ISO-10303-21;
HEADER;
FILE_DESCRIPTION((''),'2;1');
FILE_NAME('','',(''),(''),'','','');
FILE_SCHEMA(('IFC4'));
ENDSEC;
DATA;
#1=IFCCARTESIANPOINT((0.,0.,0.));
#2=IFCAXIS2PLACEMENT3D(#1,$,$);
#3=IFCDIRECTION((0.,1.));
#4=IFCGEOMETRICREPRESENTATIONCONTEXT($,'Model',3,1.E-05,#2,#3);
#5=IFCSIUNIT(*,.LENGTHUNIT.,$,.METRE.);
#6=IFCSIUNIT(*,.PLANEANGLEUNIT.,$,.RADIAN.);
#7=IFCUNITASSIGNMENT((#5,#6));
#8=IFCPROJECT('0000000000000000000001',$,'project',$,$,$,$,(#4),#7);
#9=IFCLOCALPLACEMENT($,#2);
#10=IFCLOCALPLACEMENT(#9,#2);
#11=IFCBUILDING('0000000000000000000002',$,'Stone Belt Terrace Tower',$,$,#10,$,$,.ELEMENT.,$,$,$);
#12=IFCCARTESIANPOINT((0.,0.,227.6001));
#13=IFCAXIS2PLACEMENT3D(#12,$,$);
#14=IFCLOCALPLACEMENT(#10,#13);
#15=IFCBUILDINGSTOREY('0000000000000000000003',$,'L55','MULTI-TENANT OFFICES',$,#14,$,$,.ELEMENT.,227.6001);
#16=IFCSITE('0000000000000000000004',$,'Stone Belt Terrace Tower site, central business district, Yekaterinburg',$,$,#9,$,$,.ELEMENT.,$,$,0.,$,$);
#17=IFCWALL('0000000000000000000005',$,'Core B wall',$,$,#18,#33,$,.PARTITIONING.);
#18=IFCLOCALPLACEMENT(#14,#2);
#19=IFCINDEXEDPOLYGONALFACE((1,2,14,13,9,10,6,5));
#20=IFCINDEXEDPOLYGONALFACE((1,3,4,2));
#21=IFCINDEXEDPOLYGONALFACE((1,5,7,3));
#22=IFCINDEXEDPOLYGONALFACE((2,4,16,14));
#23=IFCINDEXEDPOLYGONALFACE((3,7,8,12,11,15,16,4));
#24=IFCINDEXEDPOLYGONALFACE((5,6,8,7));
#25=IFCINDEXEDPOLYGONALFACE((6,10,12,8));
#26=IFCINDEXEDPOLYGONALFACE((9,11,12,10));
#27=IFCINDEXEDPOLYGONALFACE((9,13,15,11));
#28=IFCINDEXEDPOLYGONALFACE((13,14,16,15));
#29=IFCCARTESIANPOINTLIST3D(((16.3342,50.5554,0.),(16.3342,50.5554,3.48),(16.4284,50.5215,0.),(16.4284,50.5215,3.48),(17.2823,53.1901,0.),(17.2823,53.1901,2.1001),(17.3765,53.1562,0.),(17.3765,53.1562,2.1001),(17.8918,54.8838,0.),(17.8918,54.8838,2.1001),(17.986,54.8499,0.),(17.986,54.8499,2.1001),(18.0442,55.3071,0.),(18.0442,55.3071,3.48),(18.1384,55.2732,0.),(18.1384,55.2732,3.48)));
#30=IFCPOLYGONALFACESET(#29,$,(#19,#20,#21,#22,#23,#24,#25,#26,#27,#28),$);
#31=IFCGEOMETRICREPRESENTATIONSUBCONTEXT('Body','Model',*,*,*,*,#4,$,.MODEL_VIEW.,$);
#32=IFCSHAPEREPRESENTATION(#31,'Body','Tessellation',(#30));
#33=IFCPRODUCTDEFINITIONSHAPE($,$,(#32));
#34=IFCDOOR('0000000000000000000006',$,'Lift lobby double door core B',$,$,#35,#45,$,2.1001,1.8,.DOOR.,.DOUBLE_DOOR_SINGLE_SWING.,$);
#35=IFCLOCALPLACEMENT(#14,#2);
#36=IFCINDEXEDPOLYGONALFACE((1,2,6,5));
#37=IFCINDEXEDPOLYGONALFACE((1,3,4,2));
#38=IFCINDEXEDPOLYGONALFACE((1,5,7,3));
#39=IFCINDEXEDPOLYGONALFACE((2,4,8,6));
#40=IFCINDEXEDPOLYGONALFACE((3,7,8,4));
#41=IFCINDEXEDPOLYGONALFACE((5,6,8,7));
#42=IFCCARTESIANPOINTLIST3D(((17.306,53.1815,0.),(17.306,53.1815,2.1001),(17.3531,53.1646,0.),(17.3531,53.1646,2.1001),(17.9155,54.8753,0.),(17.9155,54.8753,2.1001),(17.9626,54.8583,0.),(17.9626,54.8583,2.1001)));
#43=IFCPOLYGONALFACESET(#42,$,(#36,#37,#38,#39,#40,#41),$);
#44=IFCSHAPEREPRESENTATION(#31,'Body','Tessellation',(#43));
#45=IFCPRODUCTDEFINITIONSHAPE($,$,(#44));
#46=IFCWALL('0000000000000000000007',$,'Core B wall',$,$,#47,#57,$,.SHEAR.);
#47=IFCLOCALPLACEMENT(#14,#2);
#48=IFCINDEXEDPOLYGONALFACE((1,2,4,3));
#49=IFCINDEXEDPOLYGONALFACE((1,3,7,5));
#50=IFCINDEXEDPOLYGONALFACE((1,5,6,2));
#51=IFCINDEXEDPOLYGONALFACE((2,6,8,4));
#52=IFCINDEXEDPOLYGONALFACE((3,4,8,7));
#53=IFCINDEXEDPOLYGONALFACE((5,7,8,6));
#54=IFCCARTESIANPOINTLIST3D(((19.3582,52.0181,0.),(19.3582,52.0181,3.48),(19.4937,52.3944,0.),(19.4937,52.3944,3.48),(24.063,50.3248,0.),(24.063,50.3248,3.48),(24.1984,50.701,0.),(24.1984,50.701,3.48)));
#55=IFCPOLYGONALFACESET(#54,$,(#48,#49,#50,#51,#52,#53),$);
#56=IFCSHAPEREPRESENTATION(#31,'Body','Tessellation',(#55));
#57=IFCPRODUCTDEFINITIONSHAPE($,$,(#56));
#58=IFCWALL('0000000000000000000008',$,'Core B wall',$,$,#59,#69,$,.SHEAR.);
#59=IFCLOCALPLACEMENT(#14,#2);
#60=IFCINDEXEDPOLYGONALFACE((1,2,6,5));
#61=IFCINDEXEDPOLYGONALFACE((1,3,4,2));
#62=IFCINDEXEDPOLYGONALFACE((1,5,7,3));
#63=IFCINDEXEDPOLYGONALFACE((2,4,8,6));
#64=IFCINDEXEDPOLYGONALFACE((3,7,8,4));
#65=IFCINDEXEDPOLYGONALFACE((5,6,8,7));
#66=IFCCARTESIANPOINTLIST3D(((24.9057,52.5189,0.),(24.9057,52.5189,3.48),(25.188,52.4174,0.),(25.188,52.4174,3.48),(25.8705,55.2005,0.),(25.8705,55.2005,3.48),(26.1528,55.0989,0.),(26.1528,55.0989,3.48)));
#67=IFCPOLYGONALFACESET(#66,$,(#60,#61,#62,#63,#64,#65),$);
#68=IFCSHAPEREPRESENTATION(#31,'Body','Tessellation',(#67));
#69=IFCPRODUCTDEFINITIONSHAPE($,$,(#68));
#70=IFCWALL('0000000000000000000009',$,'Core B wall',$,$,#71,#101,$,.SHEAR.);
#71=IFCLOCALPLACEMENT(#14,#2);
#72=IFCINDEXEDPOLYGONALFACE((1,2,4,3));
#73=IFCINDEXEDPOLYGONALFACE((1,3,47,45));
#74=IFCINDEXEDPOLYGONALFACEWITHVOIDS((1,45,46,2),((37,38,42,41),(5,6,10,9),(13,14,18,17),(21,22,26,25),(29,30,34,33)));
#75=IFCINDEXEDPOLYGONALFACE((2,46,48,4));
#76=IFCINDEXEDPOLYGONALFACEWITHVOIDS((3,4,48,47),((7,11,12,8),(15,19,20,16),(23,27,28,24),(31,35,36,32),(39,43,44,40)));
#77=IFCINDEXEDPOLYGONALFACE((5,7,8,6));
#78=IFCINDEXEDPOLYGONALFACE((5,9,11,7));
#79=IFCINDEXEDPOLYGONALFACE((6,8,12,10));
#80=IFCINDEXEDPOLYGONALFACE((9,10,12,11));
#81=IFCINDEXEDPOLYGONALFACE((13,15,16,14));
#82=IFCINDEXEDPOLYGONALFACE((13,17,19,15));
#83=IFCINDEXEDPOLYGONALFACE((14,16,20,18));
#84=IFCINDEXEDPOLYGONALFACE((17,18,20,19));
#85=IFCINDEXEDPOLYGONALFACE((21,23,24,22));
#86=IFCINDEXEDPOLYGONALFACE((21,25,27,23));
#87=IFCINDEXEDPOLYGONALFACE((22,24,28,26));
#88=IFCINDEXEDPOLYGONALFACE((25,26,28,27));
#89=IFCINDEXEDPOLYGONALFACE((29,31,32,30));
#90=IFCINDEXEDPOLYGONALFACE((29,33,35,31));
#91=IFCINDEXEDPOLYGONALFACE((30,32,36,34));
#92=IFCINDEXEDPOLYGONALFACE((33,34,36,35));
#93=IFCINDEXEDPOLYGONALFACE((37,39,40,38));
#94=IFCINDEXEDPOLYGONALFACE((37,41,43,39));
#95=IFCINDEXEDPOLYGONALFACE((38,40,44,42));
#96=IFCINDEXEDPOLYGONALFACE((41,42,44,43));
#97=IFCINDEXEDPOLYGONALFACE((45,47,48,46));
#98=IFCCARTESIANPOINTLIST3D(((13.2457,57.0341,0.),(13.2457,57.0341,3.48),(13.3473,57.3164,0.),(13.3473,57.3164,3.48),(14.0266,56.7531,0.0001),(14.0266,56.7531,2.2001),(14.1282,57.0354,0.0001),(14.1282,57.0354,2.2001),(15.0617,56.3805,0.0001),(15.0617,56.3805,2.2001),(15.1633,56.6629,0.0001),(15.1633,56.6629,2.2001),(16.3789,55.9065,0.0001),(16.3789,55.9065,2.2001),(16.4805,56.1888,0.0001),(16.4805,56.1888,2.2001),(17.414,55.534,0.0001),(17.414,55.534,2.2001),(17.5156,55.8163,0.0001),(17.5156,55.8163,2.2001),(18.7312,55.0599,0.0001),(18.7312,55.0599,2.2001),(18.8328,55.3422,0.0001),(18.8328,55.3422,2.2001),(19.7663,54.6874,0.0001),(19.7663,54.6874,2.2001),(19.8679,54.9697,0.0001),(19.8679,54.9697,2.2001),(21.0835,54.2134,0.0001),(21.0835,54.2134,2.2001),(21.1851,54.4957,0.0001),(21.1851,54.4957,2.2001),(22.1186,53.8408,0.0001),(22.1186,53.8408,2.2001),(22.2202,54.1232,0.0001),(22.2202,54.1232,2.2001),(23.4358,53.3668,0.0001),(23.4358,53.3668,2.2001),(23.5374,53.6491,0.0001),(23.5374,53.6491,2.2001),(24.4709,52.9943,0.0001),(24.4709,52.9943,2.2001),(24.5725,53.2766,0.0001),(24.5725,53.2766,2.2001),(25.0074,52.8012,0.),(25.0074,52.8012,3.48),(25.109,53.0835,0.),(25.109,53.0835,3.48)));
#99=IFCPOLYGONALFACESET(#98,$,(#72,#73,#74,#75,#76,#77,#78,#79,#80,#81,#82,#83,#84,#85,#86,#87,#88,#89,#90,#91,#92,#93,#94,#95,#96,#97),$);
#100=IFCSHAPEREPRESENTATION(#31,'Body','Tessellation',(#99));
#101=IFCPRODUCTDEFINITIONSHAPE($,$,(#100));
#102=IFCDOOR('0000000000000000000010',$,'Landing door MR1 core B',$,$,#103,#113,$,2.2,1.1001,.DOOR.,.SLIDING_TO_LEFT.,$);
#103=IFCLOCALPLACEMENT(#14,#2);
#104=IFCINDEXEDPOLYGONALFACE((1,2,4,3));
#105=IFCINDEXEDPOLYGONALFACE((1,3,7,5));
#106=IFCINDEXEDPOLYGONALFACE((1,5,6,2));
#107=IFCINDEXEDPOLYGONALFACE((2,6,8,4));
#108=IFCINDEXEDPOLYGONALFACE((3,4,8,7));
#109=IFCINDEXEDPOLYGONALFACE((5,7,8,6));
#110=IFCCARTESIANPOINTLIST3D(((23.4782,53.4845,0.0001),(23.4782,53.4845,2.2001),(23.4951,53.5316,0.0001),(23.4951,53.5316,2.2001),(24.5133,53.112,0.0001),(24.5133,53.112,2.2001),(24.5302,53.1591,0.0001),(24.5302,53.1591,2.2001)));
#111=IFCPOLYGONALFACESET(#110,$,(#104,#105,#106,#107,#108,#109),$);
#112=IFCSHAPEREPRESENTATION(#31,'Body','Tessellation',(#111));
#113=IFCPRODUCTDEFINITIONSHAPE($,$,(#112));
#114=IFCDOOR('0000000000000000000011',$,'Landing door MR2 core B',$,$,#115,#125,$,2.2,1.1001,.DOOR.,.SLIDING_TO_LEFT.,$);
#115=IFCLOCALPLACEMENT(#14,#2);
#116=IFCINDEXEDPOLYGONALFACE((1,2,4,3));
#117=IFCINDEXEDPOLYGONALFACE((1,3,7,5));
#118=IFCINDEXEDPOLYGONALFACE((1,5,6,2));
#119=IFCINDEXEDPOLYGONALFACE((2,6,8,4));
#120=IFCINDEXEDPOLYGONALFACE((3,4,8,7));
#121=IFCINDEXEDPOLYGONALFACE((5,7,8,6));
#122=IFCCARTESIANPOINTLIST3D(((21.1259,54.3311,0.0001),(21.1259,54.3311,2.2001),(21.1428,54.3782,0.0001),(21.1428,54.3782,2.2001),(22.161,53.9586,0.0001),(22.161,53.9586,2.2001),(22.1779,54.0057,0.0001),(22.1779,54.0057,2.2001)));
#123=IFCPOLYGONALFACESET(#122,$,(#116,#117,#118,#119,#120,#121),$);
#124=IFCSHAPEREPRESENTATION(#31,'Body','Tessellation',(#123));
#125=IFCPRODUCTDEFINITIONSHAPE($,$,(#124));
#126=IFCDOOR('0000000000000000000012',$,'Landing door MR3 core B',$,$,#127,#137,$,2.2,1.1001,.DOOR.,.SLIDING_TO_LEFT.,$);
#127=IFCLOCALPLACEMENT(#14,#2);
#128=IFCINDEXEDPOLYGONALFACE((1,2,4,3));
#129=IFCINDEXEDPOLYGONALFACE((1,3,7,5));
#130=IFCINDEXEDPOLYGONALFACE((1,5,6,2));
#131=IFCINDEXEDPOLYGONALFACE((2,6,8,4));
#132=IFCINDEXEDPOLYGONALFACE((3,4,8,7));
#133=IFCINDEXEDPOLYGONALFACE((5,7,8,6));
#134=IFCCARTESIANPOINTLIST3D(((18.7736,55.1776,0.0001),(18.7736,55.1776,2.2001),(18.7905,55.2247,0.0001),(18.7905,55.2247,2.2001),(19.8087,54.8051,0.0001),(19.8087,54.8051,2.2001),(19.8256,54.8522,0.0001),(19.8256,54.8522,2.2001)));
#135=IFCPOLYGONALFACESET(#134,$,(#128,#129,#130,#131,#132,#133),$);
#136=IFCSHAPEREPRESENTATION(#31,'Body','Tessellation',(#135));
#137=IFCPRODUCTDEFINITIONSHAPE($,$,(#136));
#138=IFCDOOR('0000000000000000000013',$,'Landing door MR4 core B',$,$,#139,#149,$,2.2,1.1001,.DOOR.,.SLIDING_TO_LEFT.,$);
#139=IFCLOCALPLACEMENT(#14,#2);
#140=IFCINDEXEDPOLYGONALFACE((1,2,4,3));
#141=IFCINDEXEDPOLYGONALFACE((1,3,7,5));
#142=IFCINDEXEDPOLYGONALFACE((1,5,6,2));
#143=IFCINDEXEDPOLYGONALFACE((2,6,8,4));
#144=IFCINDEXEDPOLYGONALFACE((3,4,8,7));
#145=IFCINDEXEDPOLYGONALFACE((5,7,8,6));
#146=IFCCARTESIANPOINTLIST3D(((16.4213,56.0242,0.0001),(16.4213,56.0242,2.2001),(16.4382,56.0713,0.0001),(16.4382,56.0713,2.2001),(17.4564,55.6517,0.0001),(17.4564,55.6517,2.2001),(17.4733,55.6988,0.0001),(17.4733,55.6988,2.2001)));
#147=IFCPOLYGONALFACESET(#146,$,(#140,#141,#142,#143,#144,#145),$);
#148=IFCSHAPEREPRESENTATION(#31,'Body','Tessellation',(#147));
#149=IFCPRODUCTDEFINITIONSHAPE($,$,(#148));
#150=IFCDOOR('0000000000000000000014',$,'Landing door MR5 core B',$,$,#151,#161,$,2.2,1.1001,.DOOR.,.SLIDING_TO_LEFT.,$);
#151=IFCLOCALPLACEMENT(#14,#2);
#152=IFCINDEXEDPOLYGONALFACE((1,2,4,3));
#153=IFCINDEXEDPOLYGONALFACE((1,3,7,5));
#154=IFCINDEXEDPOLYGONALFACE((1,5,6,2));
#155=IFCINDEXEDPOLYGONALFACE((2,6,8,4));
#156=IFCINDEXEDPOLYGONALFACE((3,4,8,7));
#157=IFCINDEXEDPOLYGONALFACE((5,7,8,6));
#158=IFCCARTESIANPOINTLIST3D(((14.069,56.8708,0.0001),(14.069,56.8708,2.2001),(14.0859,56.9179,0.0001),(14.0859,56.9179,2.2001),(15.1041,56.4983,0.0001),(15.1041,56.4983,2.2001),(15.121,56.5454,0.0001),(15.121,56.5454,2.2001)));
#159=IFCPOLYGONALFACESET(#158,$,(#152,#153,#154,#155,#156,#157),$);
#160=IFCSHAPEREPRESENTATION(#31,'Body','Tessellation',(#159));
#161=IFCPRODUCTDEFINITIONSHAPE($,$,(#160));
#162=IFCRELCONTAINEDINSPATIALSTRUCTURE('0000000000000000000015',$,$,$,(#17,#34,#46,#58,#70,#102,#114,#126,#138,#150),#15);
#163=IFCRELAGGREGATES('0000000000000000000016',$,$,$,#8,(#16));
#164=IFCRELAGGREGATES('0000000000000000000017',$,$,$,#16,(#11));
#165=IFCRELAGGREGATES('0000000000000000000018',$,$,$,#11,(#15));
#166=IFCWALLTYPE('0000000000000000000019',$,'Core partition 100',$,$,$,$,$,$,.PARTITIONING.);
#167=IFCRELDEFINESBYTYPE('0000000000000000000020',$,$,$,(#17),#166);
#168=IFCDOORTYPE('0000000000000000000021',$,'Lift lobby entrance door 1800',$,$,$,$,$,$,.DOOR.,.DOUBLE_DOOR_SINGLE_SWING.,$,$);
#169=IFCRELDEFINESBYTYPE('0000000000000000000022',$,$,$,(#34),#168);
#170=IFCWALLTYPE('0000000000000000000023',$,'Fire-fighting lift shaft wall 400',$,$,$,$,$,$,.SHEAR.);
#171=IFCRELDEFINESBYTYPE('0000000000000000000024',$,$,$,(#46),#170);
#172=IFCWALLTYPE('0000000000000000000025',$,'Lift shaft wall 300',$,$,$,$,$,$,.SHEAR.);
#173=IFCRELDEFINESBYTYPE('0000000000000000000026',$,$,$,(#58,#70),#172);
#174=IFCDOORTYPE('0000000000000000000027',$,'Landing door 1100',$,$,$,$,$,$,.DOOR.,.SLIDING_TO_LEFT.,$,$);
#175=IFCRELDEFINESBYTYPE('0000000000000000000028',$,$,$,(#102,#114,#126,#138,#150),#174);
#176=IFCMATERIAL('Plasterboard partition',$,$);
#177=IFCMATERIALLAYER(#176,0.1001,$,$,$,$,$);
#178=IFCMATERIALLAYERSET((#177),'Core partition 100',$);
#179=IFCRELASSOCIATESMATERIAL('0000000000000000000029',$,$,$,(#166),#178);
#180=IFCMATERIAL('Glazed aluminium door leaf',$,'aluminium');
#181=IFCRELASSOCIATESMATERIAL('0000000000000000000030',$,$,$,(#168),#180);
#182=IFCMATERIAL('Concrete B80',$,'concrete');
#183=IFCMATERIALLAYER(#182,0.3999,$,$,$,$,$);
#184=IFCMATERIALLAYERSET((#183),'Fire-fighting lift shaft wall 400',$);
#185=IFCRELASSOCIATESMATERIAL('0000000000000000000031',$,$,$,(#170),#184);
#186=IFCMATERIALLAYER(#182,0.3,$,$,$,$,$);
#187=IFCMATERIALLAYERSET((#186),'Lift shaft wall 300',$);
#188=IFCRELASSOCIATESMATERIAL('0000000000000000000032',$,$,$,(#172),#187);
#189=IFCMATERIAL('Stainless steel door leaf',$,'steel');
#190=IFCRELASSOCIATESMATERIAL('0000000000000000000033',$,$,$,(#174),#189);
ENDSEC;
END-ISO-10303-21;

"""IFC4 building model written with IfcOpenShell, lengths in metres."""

from ifc_helpers import new_model, si_unit, direction, frame, frame_2d, origin, place, context, subcontext, project, spatial, rectangle, extrude, material, layer, layer_set, type_object, element, fill, save


model = new_model("IFC4")

# Units and contexts
model_context = context("Model", 3, precision=1e-05, world=origin(), true_north=direction((0.0, 1.0)))
body_context = subcontext(model_context, "Body", "Model", "MODEL_VIEW")
ifc_project = project(units=[si_unit("LENGTHUNIT", "METRE"), si_unit("PLANEANGLEUNIT", "RADIAN")], contexts=[model_context])

# Site, building, storey
site_placement = place(None, origin())
site = spatial("IfcSite", under=ifc_project, at=site_placement, Name="Stone Belt Terrace Tower site, central business district, Yekaterinburg", CompositionType="ELEMENT", RefElevation=0.0)
building_placement = place(site_placement, origin())
building = spatial("IfcBuilding", under=site, at=building_placement, Name="Stone Belt Terrace Tower", CompositionType="ELEMENT")
storey_placement = place(building_placement, frame((0.0, 0.0, 227.6001)))
storey = spatial("IfcBuildingStorey", under=building, at=storey_placement, Name="L55", Description="MULTI-TENANT OFFICES", CompositionType="ELEMENT", Elevation=227.6001)

# Shared definitions
ifc_material_1 = material(Name="Plasterboard partition")
ifc_layer_1 = layer(ifc_material_1, 0.1001)
ifc_layer_set_1 = layer_set([ifc_layer_1], Name="Core partition 100")
wall_type_1 = type_object("IfcWallType", Name="Core partition 100", PredefinedType="PARTITIONING", material=ifc_layer_set_1)

# Wall, opening, door
wall_1_placement = place(storey_placement, frame((16.3813, 50.5386, 0.0), z_axis=(0.0, 0.0, 1.0), x_axis=(0.338605, 0.940929, 0.0)))
wall_1 = element("IfcWall", 1, at=wall_1_placement, inside=storey, type_object=wall_type_1, Name="Core B wall", PredefinedType="PARTITIONING", context=body_context, shape_type="SweptSolid", body=[
    extrude(rectangle(XDim=5.05, YDim=0.1001, at=frame_2d((2.5249, 0.0))), origin(), (0.0, 0.0, 1.0), 3.48),
])
opening_1_placement = place(wall_1_placement, frame((2.8, 0.0, 0.0)))
opening_1 = element("IfcOpeningElement", 2, at=opening_1_placement, cuts=wall_1, PredefinedType="OPENING", context=body_context, shape_type="SweptSolid", body=[
    extrude(rectangle(XDim=1.8, YDim=2.1001, at=frame_2d((0.8999, 1.05))), frame((0.0, 0.0601, 0.0), z_axis=(0.0, -1.0, 0.0), x_axis=(1.0, 0.0, 0.0)), (0.0, 0.0, 1.0), 0.1201),
])
ifc_material_2 = material(Name="Glazed aluminium door leaf", Category="aluminium")
door_type_1 = type_object("IfcDoorType", Name="Lift lobby entrance door 1800", OperationType="DOUBLE_DOOR_SINGLE_SWING", PredefinedType="DOOR", material=ifc_material_2)
door_1_placement = place(opening_1_placement, origin())
door_1 = element("IfcDoor", 3, at=door_1_placement, inside=storey, type_object=door_type_1, Name="Lift lobby double door core B", OperationType="DOUBLE_DOOR_SINGLE_SWING", OverallHeight=2.1001, OverallWidth=1.8, PredefinedType="DOOR", context=body_context, shape_type="SweptSolid", body=[
    extrude(rectangle(XDim=1.8, YDim=2.1001, at=frame_2d((0.8999, 1.05))), frame((0.0, 0.0249, 0.0), z_axis=(0.0, -1.0, 0.0), x_axis=(1.0, 0.0, 0.0)), (0.0, 0.0, 1.0), 0.05),
])
fill(opening_1, door_1)

# Walls
ifc_material_3 = material(Name="Concrete B80", Category="concrete")
ifc_layer_2 = layer(ifc_material_3, 0.3999)
ifc_layer_set_2 = layer_set([ifc_layer_2], Name="Fire-fighting lift shaft wall 400")
wall_type_2 = type_object("IfcWallType", Name="Fire-fighting lift shaft wall 400", PredefinedType="SHEAR", material=ifc_layer_set_2)
wall_2_placement = place(storey_placement, frame((24.1306, 50.5129, 0.0), z_axis=(0.0, 0.0, 1.0), x_axis=(-0.940912, 0.338652, 0.0)))
element("IfcWall", 4, at=wall_2_placement, inside=storey, type_object=wall_type_2, Name="Core B wall", PredefinedType="SHEAR", context=body_context, shape_type="SweptSolid", body=[
    extrude(rectangle(XDim=5.0002, YDim=0.3999, at=frame_2d((2.5, 0.0))), origin(), (0.0, 0.0, 1.0), 3.48),
])
ifc_layer_3 = layer(ifc_material_3, 0.3)
ifc_layer_set_3 = layer_set([ifc_layer_3], Name="Lift shaft wall 300")
wall_type_3 = type_object("IfcWallType", Name="Lift shaft wall 300", PredefinedType="SHEAR", material=ifc_layer_set_3)
wall_3_placement = place(storey_placement, frame((25.0469, 52.4683, 0.0), z_axis=(0.0, 0.0, 1.0), x_axis=(0.33855, 0.940949, 0.0)))
element("IfcWall", 5, at=wall_3_placement, inside=storey, type_object=wall_type_3, Name="Core B wall", PredefinedType="SHEAR", context=body_context, shape_type="SweptSolid", body=[
    extrude(rectangle(XDim=2.8499, YDim=0.3, at=frame_2d((1.4248, 0.0))), origin(), (0.0, 0.0, 1.0), 3.48),
])

# Wall, openings, doors
wall_4_placement = place(storey_placement, frame((25.0581, 52.9424, 0.0), z_axis=(0.0, 0.0, 1.0), x_axis=(-0.940921, 0.338627, 0.0)))
wall_4 = element("IfcWall", 6, at=wall_4_placement, inside=storey, type_object=wall_type_3, Name="Core B wall", PredefinedType="SHEAR", context=body_context, shape_type="SweptSolid", body=[
    extrude(rectangle(XDim=12.5002, YDim=0.3, at=frame_2d((6.25, 0.0))), origin(), (0.0, 0.0, 1.0), 3.48),
])
opening_2_placement = place(wall_4_placement, frame((0.5701, 0.0, 0.0)))
opening_2 = element("IfcOpeningElement", 7, at=opening_2_placement, cuts=wall_4, PredefinedType="OPENING", context=body_context, shape_type="SweptSolid", body=[
    extrude(rectangle(XDim=1.1001, YDim=2.2, at=frame_2d((0.55, 1.1001))), frame((0.0, 0.1599, 0.0), z_axis=(0.0, -1.0, 0.0), x_axis=(1.0, 0.0, 0.0)), (0.0, 0.0, 1.0), 0.3201),
])
opening_3_placement = place(wall_4_placement, frame((3.0701, 0.0, 0.0)))
opening_3 = element("IfcOpeningElement", 8, at=opening_3_placement, cuts=wall_4, PredefinedType="OPENING", context=body_context, shape_type="SweptSolid", body=[
    extrude(rectangle(XDim=1.1001, YDim=2.2, at=frame_2d((0.55, 1.1001))), frame((0.0, 0.1599, 0.0), z_axis=(0.0, -1.0, 0.0), x_axis=(1.0, 0.0, 0.0)), (0.0, 0.0, 1.0), 0.3201),
])
opening_4_placement = place(wall_4_placement, frame((5.5701, 0.0, 0.0)))
opening_4 = element("IfcOpeningElement", 9, at=opening_4_placement, cuts=wall_4, PredefinedType="OPENING", context=body_context, shape_type="SweptSolid", body=[
    extrude(rectangle(XDim=1.1001, YDim=2.2, at=frame_2d((0.55, 1.1001))), frame((0.0, 0.1599, 0.0), z_axis=(0.0, -1.0, 0.0), x_axis=(1.0, 0.0, 0.0)), (0.0, 0.0, 1.0), 0.3201),
])
opening_5_placement = place(wall_4_placement, frame((8.0701, 0.0, 0.0)))
opening_5 = element("IfcOpeningElement", 10, at=opening_5_placement, cuts=wall_4, PredefinedType="OPENING", context=body_context, shape_type="SweptSolid", body=[
    extrude(rectangle(XDim=1.1001, YDim=2.2, at=frame_2d((0.55, 1.1001))), frame((0.0, 0.1599, 0.0), z_axis=(0.0, -1.0, 0.0), x_axis=(1.0, 0.0, 0.0)), (0.0, 0.0, 1.0), 0.3201),
])
opening_6_placement = place(wall_4_placement, frame((10.5701, 0.0, 0.0)))
opening_6 = element("IfcOpeningElement", 11, at=opening_6_placement, cuts=wall_4, PredefinedType="OPENING", context=body_context, shape_type="SweptSolid", body=[
    extrude(rectangle(XDim=1.1001, YDim=2.2, at=frame_2d((0.55, 1.1001))), frame((0.0, 0.1599, 0.0), z_axis=(0.0, -1.0, 0.0), x_axis=(1.0, 0.0, 0.0)), (0.0, 0.0, 1.0), 0.3201),
])
ifc_material_4 = material(Name="Stainless steel door leaf", Category="steel")
door_type_2 = type_object("IfcDoorType", Name="Landing door 1100", OperationType="SLIDING_TO_LEFT", PredefinedType="DOOR", material=ifc_material_4)
door_2_placement = place(opening_2_placement, origin())
door_2 = element("IfcDoor", 12, at=door_2_placement, inside=storey, type_object=door_type_2, Name="Landing door MR1 core B", OperationType="SLIDING_TO_LEFT", OverallHeight=2.2, OverallWidth=1.1001, PredefinedType="DOOR", context=body_context, shape_type="SweptSolid", body=[
    extrude(rectangle(XDim=1.1001, YDim=2.2, at=frame_2d((0.55, 1.1001))), frame((0.0, 0.0249, 0.0), z_axis=(0.0, -1.0, 0.0), x_axis=(1.0, 0.0, 0.0)), (0.0, 0.0, 1.0), 0.05),
])
fill(opening_2, door_2)
door_3_placement = place(opening_3_placement, origin())
door_3 = element("IfcDoor", 13, at=door_3_placement, inside=storey, type_object=door_type_2, Name="Landing door MR2 core B", OperationType="SLIDING_TO_LEFT", OverallHeight=2.2, OverallWidth=1.1001, PredefinedType="DOOR", context=body_context, shape_type="SweptSolid", body=[
    extrude(rectangle(XDim=1.1001, YDim=2.2, at=frame_2d((0.55, 1.1001))), frame((0.0, 0.0249, 0.0), z_axis=(0.0, -1.0, 0.0), x_axis=(1.0, 0.0, 0.0)), (0.0, 0.0, 1.0), 0.05),
])
fill(opening_3, door_3)
door_4_placement = place(opening_4_placement, origin())
door_4 = element("IfcDoor", 14, at=door_4_placement, inside=storey, type_object=door_type_2, Name="Landing door MR3 core B", OperationType="SLIDING_TO_LEFT", OverallHeight=2.2, OverallWidth=1.1001, PredefinedType="DOOR", context=body_context, shape_type="SweptSolid", body=[
    extrude(rectangle(XDim=1.1001, YDim=2.2, at=frame_2d((0.55, 1.1001))), frame((0.0, 0.0249, 0.0), z_axis=(0.0, -1.0, 0.0), x_axis=(1.0, 0.0, 0.0)), (0.0, 0.0, 1.0), 0.05),
])
fill(opening_4, door_4)
door_5_placement = place(opening_5_placement, origin())
door_5 = element("IfcDoor", 15, at=door_5_placement, inside=storey, type_object=door_type_2, Name="Landing door MR4 core B", OperationType="SLIDING_TO_LEFT", OverallHeight=2.2, OverallWidth=1.1001, PredefinedType="DOOR", context=body_context, shape_type="SweptSolid", body=[
    extrude(rectangle(XDim=1.1001, YDim=2.2, at=frame_2d((0.55, 1.1001))), frame((0.0, 0.0249, 0.0), z_axis=(0.0, -1.0, 0.0), x_axis=(1.0, 0.0, 0.0)), (0.0, 0.0, 1.0), 0.05),
])
fill(opening_5, door_5)
door_6_placement = place(opening_6_placement, origin())
door_6 = element("IfcDoor", 16, at=door_6_placement, inside=storey, type_object=door_type_2, Name="Landing door MR5 core B", OperationType="SLIDING_TO_LEFT", OverallHeight=2.2, OverallWidth=1.1001, PredefinedType="DOOR", context=body_context, shape_type="SweptSolid", body=[
    extrude(rectangle(XDim=1.1001, YDim=2.2, at=frame_2d((0.55, 1.1001))), frame((0.0, 0.0249, 0.0), z_axis=(0.0, -1.0, 0.0), x_axis=(1.0, 0.0, 0.0)), (0.0, 0.0, 1.0), 0.05),
])
fill(opening_6, door_6)

save(model, "model.ifc")
